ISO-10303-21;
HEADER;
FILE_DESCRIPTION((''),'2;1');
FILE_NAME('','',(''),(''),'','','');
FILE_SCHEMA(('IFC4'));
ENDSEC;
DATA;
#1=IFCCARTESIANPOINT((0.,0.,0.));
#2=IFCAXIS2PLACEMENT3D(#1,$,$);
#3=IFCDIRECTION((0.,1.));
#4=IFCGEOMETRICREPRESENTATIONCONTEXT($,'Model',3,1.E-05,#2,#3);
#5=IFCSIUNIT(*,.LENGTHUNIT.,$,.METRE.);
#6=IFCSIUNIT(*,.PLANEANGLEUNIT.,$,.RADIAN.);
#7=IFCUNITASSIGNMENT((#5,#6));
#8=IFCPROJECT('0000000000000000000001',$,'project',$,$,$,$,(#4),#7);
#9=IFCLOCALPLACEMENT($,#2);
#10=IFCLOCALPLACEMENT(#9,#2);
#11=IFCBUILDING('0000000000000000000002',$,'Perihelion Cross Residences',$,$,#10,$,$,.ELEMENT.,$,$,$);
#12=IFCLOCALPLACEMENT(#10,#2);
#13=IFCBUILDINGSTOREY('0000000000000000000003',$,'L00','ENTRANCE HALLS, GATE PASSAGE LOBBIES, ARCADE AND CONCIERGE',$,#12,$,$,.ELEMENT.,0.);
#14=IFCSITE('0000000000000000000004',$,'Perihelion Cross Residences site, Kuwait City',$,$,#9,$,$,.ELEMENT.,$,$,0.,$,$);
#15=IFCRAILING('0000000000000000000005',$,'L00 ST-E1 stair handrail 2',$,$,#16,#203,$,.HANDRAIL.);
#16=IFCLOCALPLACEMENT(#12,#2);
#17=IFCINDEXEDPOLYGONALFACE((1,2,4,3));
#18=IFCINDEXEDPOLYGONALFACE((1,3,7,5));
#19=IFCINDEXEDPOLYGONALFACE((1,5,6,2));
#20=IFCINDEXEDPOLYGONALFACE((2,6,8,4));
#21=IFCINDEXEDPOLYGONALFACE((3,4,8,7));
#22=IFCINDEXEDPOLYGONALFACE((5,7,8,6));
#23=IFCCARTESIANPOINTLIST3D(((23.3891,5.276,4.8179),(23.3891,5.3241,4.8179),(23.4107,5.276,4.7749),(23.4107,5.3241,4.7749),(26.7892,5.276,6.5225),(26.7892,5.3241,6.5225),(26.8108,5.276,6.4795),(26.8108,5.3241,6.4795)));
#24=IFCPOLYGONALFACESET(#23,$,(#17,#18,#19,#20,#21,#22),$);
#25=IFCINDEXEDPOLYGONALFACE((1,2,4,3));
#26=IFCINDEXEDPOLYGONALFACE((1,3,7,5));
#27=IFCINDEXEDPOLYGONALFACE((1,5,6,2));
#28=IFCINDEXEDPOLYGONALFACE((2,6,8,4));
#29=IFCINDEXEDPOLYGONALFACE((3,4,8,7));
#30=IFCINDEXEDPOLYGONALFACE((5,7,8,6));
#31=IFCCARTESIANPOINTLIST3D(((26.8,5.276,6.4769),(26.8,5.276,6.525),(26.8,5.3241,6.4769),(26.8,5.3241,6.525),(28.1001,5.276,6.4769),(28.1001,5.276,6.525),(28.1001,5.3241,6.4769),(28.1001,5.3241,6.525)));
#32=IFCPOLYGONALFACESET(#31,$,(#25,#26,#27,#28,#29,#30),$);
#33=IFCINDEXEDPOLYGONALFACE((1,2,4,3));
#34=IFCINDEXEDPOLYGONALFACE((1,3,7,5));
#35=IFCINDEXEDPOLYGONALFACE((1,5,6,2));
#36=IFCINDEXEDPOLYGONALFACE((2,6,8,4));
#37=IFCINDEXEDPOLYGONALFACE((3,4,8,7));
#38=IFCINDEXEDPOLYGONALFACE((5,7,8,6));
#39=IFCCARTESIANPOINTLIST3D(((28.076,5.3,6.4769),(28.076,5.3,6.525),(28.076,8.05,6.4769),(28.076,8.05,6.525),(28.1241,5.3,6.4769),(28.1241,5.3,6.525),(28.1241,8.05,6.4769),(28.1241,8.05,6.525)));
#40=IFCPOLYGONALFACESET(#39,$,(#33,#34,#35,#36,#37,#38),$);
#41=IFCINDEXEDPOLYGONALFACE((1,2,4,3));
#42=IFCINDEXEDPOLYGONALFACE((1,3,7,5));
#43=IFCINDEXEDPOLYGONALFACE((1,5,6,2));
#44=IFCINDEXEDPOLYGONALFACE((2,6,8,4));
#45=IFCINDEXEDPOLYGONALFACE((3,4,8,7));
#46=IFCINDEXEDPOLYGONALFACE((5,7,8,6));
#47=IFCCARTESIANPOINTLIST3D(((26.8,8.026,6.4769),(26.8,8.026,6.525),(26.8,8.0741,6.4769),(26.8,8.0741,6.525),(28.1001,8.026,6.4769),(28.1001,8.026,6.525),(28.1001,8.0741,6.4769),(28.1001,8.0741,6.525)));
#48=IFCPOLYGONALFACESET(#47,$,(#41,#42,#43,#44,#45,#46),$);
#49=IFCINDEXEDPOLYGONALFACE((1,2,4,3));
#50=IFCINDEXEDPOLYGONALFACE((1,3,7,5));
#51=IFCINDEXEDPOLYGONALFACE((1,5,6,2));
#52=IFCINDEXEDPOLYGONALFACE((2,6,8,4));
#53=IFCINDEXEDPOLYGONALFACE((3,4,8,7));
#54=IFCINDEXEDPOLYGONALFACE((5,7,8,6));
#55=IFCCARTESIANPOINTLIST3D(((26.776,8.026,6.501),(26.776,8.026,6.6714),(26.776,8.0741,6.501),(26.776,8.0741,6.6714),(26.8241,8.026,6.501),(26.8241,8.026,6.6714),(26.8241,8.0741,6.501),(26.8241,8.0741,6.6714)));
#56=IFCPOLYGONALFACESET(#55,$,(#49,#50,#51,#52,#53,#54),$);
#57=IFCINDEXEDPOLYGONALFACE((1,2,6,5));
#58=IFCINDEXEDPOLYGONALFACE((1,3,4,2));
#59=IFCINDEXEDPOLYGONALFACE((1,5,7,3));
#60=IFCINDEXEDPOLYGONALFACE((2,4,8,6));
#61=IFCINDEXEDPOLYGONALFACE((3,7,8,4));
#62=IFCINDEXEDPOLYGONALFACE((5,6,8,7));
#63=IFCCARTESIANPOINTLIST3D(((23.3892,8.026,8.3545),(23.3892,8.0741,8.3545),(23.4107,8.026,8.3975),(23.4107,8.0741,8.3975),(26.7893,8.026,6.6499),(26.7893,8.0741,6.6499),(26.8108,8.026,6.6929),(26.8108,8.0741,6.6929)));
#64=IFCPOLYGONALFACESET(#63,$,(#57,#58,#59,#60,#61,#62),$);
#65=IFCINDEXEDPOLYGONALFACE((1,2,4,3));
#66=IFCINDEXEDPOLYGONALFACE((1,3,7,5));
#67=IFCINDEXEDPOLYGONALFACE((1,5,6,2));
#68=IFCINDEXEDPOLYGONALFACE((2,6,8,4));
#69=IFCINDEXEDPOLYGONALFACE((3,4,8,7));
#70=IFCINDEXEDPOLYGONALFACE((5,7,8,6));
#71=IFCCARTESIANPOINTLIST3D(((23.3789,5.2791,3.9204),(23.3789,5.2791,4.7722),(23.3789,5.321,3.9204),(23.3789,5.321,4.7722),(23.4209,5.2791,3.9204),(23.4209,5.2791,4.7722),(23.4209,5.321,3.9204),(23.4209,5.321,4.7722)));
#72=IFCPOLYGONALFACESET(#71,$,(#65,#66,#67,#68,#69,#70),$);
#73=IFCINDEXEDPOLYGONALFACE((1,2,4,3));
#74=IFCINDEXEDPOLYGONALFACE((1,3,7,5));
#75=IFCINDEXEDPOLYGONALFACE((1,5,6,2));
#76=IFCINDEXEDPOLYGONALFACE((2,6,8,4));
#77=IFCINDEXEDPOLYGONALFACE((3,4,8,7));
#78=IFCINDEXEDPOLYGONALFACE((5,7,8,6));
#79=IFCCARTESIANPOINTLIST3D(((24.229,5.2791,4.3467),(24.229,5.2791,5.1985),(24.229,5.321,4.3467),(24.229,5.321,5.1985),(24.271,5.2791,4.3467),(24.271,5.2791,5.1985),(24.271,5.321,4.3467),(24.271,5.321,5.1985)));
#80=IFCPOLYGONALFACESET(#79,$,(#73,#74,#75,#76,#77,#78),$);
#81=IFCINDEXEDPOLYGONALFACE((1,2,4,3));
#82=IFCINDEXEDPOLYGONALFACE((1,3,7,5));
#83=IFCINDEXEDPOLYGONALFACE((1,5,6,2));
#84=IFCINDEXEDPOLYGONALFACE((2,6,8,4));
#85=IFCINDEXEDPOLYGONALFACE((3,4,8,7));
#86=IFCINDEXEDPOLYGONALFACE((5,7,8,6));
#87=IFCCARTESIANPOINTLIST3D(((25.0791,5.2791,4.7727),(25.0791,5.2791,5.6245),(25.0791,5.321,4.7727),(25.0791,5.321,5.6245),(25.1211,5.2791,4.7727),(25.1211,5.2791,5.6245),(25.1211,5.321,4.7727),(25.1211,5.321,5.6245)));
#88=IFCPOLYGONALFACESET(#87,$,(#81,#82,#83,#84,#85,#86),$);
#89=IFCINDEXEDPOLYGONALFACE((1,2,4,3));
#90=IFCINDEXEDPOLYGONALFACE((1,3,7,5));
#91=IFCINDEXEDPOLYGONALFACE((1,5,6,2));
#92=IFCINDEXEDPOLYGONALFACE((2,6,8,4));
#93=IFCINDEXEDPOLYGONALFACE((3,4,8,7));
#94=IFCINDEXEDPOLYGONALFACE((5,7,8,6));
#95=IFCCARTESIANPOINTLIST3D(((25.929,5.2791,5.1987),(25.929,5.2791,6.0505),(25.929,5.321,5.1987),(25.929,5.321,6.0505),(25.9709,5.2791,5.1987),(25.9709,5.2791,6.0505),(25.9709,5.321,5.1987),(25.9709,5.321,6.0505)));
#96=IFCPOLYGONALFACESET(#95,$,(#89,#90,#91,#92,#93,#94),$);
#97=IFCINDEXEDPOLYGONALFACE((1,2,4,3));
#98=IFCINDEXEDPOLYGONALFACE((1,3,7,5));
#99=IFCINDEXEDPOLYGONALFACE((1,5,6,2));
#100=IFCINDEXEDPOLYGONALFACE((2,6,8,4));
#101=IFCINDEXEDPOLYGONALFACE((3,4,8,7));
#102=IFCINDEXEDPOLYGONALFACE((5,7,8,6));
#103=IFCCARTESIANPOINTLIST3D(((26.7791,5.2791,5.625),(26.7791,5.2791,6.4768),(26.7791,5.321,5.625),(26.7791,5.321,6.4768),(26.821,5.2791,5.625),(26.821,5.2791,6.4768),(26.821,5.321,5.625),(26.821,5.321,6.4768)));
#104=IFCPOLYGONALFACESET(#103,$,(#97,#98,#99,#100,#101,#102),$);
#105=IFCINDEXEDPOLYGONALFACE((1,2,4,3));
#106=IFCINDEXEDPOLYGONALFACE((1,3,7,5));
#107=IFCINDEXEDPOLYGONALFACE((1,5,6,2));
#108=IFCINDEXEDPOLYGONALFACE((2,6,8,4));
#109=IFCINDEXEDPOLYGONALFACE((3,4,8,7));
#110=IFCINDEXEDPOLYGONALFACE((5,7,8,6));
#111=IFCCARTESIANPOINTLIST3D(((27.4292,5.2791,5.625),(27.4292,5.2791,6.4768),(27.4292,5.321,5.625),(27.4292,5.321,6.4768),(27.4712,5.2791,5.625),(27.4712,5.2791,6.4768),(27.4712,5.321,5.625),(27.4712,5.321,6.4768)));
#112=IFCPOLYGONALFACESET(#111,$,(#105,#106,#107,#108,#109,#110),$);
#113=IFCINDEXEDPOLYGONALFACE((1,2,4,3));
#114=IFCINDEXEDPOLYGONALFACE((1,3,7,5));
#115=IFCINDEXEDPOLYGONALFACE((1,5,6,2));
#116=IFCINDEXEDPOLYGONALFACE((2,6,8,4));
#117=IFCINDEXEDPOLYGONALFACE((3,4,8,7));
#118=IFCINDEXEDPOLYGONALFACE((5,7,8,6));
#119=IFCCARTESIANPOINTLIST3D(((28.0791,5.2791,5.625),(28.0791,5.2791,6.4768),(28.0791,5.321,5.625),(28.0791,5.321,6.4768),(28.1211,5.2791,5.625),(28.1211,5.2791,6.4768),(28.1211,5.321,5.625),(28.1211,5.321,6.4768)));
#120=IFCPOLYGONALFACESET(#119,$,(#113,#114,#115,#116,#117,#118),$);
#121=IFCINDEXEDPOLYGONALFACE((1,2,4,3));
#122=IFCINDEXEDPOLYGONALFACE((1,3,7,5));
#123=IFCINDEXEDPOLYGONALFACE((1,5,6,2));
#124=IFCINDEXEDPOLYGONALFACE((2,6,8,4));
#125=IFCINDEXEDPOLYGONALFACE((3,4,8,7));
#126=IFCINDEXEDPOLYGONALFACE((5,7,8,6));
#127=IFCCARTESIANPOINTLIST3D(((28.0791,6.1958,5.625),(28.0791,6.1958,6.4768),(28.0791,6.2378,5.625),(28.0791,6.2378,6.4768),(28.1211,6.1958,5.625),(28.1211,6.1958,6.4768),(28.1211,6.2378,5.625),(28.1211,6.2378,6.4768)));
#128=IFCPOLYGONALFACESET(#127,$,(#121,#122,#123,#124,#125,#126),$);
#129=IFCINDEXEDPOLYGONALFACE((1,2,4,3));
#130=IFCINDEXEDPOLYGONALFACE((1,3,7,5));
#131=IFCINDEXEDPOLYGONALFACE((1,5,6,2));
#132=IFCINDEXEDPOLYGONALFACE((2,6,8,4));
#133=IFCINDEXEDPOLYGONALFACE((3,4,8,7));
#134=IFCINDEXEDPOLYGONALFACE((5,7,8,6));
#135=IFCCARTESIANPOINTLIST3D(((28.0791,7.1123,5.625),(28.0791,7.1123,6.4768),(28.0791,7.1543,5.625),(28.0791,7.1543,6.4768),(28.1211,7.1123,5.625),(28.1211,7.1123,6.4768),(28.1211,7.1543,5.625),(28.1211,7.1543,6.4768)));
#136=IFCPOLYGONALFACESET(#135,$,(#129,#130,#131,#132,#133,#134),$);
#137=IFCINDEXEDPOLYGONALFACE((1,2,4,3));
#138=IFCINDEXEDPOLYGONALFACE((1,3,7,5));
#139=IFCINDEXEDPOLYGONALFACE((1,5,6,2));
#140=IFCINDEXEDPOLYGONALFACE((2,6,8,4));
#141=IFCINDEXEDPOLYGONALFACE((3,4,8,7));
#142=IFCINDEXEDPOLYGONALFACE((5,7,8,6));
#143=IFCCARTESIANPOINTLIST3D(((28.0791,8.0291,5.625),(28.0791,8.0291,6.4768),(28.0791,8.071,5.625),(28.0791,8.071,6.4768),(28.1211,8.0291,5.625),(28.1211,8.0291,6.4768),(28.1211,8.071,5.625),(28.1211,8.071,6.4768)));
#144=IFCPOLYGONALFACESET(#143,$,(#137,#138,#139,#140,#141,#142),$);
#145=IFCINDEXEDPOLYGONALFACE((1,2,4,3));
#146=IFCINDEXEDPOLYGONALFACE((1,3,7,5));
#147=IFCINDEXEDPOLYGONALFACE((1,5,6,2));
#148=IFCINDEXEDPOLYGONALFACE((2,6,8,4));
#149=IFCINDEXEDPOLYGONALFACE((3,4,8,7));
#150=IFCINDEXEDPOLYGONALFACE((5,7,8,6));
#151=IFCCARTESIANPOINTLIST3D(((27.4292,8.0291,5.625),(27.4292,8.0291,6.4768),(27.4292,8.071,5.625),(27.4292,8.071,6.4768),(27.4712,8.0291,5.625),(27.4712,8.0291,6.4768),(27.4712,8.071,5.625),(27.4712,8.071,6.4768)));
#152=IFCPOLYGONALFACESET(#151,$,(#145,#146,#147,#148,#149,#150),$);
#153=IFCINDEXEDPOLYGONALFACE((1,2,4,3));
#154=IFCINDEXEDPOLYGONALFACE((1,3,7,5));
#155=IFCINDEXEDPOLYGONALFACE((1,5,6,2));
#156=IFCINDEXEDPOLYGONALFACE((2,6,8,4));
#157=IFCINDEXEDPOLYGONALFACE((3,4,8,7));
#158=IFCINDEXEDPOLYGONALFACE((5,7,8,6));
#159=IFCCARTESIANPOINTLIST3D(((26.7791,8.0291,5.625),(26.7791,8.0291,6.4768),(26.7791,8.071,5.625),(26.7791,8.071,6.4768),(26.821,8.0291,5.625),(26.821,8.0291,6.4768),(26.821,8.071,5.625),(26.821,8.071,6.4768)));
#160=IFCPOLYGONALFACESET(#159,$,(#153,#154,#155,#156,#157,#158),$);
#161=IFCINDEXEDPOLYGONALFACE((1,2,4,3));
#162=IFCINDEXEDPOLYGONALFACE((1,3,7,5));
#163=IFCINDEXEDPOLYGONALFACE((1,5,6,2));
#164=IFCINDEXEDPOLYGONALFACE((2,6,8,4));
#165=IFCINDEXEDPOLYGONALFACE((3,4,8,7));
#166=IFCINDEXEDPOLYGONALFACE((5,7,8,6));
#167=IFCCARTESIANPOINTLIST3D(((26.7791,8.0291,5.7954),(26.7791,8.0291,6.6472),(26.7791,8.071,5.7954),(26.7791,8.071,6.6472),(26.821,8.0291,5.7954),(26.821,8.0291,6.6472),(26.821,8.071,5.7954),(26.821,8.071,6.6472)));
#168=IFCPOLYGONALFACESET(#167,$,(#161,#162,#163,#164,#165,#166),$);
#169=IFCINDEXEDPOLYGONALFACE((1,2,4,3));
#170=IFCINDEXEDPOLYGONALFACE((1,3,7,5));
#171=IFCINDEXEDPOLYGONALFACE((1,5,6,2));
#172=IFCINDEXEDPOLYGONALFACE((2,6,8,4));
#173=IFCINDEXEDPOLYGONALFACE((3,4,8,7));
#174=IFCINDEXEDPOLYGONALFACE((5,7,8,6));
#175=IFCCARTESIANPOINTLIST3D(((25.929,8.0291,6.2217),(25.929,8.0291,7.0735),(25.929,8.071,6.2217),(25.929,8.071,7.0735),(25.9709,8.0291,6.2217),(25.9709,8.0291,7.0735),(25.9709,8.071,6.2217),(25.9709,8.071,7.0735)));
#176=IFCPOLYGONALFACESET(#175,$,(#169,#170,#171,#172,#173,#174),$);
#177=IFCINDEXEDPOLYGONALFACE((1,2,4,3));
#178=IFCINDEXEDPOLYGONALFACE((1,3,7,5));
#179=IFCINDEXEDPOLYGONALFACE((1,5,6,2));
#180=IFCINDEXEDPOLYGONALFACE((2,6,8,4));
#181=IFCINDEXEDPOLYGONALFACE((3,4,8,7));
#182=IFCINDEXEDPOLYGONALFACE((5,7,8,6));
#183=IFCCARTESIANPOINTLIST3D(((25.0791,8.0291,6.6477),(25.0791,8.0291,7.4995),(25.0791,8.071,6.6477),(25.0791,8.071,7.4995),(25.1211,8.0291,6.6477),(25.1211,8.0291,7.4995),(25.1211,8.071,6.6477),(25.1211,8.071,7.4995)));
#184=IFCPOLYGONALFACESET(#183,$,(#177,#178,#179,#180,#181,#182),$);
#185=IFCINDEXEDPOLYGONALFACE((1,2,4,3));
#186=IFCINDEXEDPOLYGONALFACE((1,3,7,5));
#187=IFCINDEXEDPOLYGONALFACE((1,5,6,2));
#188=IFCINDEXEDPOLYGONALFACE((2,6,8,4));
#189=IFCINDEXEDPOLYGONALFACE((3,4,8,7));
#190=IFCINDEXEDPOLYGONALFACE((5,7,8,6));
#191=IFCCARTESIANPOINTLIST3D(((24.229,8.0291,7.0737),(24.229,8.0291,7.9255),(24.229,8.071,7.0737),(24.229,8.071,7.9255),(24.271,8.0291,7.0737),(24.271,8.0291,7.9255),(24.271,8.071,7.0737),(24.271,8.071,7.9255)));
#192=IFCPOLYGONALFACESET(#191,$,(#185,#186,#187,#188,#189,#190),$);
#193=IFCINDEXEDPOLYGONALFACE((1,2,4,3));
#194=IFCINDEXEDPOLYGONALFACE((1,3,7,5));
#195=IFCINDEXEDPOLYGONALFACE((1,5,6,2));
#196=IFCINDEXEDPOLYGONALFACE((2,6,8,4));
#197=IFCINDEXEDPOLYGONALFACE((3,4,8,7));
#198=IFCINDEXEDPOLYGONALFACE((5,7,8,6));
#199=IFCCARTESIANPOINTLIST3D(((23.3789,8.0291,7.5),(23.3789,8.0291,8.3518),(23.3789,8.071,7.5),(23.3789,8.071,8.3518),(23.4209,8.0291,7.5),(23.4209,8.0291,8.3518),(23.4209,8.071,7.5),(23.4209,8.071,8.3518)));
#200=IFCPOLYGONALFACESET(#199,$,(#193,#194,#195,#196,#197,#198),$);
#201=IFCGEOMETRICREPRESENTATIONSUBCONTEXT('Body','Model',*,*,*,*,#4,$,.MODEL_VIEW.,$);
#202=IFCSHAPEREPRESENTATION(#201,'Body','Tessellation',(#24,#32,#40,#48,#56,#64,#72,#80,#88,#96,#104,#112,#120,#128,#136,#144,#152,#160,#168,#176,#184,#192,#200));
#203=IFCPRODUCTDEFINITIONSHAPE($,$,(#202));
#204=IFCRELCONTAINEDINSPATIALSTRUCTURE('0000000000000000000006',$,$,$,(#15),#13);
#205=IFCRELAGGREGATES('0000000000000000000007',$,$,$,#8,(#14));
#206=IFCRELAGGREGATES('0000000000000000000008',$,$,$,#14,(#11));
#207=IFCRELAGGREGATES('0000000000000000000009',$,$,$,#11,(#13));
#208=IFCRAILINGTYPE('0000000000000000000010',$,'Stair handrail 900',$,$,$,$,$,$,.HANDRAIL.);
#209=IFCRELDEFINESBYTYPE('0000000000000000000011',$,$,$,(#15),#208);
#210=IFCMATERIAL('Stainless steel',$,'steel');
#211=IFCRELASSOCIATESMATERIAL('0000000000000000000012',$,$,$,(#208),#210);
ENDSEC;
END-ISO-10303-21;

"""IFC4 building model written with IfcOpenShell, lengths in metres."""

from ifc_helpers import new_model, si_unit, direction, frame, origin, origin_2d, place, context, subcontext, project, spatial, rectangle, extrude, material, type_object, element, save


model = new_model("IFC4")

# Units and contexts
model_context = context("Model", 3, precision=1e-05, world=origin(), true_north=direction((0.0, 1.0)))
body_context = subcontext(model_context, "Body", "Model", "MODEL_VIEW")
ifc_project = project(units=[si_unit("LENGTHUNIT", "METRE"), si_unit("PLANEANGLEUNIT", "RADIAN")], contexts=[model_context])

# Site, building, storey
site_placement = place(None, origin())
site = spatial("IfcSite", under=ifc_project, at=site_placement, Name="Perihelion Cross Residences site, Kuwait City", CompositionType="ELEMENT", RefElevation=0.0)
building_placement = place(site_placement, origin())
building = spatial("IfcBuilding", under=site, at=building_placement, Name="Perihelion Cross Residences", CompositionType="ELEMENT")
storey_placement = place(building_placement, origin())
storey = spatial("IfcBuildingStorey", under=building, at=storey_placement, Name="L00", Description="ENTRANCE HALLS, GATE PASSAGE LOBBIES, ARCADE AND CONCIERGE", CompositionType="ELEMENT", Elevation=0.0)

# Railing
ifc_material_1 = material(Name="Stainless steel", Category="steel")
railing_type = type_object("IfcRailingType", Name="Stair handrail 900", PredefinedType="HANDRAIL", material=ifc_material_1)
railing_1_placement = place(storey_placement, frame((23.3999, 5.3, 3.9204)))
element("IfcRailing", 1, at=railing_1_placement, inside=storey, type_object=railing_type, Name="L00 ST-E1 stair handrail 2", PredefinedType="HANDRAIL", context=body_context, shape_type="SweptSolid", body=[
    extrude(rectangle(XDim=0.0481, YDim=0.0481, at=origin_2d()), frame((0.0, 0.0, 0.876), z_axis=(0.893952, 0.0, 0.448163), x_axis=(0.0, 1.0, 0.0)), (0.0, 0.0, 1.0), 3.8035),
    extrude(rectangle(XDim=0.0481, YDim=0.0481, at=origin_2d()), frame((3.4001, 0.0, 2.5806), z_axis=(1.0, 0.0, 0.0), x_axis=(0.0, 1.0, 0.0)), (0.0, 0.0, 1.0), 1.3),
    extrude(rectangle(XDim=0.0481, YDim=0.0481, at=origin_2d()), frame((4.7002, 0.0, 2.5806), z_axis=(0.0, 1.0, 0.0), x_axis=(-1.0, 0.0, 0.0)), (0.0, 0.0, 1.0), 2.75),
    extrude(rectangle(XDim=0.0481, YDim=0.0481, at=origin_2d()), frame((4.7002, 2.75, 2.5806), z_axis=(-1.0, 0.0, 0.0), x_axis=(0.0, -1.0, 0.0)), (0.0, 0.0, 1.0), 1.3),
    extrude(rectangle(XDim=0.0481, YDim=0.0481, at=origin_2d()), frame((3.4001, 2.75, 2.5806), z_axis=(0.0, 0.0, 1.0), x_axis=(1.0, 0.0, 0.0)), (0.0, 0.0, 1.0), 0.1704),
    extrude(rectangle(XDim=0.0481, YDim=0.0481, at=origin_2d()), frame((3.4001, 2.75, 2.751), z_axis=(-0.893952, 0.0, 0.448163), x_axis=(0.0, -1.0, 0.0)), (0.0, 0.0, 1.0), 3.8035),
    extrude(rectangle(XDim=0.042, YDim=0.042, at=origin_2d()), origin(), (0.0, 0.0, 1.0), 0.8518),
    extrude(rectangle(XDim=0.042, YDim=0.042, at=origin_2d()), frame((0.8501, 0.0, 0.4263)), (0.0, 0.0, 1.0), 0.8518),
    extrude(rectangle(XDim=0.042, YDim=0.042, at=origin_2d()), frame((1.7002, 0.0, 0.8523)), (0.0, 0.0, 1.0), 0.8518),
    extrude(rectangle(XDim=0.042, YDim=0.042, at=origin_2d()), frame((2.55, 0.0, 1.2783)), (0.0, 0.0, 1.0), 0.8518),
    extrude(rectangle(XDim=0.042, YDim=0.042, at=origin_2d()), frame((3.4001, 0.0, 1.7046)), (0.0, 0.0, 1.0), 0.8518),
    extrude(rectangle(XDim=0.042, YDim=0.042, at=origin_2d()), frame((4.0503, 0.0, 1.7046)), (0.0, 0.0, 1.0), 0.8518),
    extrude(rectangle(XDim=0.042, YDim=0.042, at=origin_2d()), frame((4.7002, 0.0, 1.7046)), (0.0, 0.0, 1.0), 0.8518),
    extrude(rectangle(XDim=0.042, YDim=0.042, at=origin_2d()), frame((4.7002, 0.9167, 1.7046)), (0.0, 0.0, 1.0), 0.8518),
    extrude(rectangle(XDim=0.042, YDim=0.042, at=origin_2d()), frame((4.7002, 1.8333, 1.7046)), (0.0, 0.0, 1.0), 0.8518),
    extrude(rectangle(XDim=0.042, YDim=0.042, at=origin_2d()), frame((4.7002, 2.75, 1.7046)), (0.0, 0.0, 1.0), 0.8518),
    extrude(rectangle(XDim=0.042, YDim=0.042, at=origin_2d()), frame((4.0503, 2.75, 1.7046)), (0.0, 0.0, 1.0), 0.8518),
    extrude(rectangle(XDim=0.042, YDim=0.042, at=origin_2d()), frame((3.4001, 2.75, 1.7046)), (0.0, 0.0, 1.0), 0.8518),
    extrude(rectangle(XDim=0.042, YDim=0.042, at=origin_2d()), frame((3.4001, 2.75, 1.875)), (0.0, 0.0, 1.0), 0.8518),
    extrude(rectangle(XDim=0.042, YDim=0.042, at=origin_2d()), frame((2.55, 2.75, 2.3013)), (0.0, 0.0, 1.0), 0.8518),
    extrude(rectangle(XDim=0.042, YDim=0.042, at=origin_2d()), frame((1.7002, 2.75, 2.7273)), (0.0, 0.0, 1.0), 0.8518),
    extrude(rectangle(XDim=0.042, YDim=0.042, at=origin_2d()), frame((0.8501, 2.75, 3.1533)), (0.0, 0.0, 1.0), 0.8518),
    extrude(rectangle(XDim=0.042, YDim=0.042, at=origin_2d()), frame((0.0, 2.75, 3.5796)), (0.0, 0.0, 1.0), 0.8518),
])

save(model, "model.ifc")
